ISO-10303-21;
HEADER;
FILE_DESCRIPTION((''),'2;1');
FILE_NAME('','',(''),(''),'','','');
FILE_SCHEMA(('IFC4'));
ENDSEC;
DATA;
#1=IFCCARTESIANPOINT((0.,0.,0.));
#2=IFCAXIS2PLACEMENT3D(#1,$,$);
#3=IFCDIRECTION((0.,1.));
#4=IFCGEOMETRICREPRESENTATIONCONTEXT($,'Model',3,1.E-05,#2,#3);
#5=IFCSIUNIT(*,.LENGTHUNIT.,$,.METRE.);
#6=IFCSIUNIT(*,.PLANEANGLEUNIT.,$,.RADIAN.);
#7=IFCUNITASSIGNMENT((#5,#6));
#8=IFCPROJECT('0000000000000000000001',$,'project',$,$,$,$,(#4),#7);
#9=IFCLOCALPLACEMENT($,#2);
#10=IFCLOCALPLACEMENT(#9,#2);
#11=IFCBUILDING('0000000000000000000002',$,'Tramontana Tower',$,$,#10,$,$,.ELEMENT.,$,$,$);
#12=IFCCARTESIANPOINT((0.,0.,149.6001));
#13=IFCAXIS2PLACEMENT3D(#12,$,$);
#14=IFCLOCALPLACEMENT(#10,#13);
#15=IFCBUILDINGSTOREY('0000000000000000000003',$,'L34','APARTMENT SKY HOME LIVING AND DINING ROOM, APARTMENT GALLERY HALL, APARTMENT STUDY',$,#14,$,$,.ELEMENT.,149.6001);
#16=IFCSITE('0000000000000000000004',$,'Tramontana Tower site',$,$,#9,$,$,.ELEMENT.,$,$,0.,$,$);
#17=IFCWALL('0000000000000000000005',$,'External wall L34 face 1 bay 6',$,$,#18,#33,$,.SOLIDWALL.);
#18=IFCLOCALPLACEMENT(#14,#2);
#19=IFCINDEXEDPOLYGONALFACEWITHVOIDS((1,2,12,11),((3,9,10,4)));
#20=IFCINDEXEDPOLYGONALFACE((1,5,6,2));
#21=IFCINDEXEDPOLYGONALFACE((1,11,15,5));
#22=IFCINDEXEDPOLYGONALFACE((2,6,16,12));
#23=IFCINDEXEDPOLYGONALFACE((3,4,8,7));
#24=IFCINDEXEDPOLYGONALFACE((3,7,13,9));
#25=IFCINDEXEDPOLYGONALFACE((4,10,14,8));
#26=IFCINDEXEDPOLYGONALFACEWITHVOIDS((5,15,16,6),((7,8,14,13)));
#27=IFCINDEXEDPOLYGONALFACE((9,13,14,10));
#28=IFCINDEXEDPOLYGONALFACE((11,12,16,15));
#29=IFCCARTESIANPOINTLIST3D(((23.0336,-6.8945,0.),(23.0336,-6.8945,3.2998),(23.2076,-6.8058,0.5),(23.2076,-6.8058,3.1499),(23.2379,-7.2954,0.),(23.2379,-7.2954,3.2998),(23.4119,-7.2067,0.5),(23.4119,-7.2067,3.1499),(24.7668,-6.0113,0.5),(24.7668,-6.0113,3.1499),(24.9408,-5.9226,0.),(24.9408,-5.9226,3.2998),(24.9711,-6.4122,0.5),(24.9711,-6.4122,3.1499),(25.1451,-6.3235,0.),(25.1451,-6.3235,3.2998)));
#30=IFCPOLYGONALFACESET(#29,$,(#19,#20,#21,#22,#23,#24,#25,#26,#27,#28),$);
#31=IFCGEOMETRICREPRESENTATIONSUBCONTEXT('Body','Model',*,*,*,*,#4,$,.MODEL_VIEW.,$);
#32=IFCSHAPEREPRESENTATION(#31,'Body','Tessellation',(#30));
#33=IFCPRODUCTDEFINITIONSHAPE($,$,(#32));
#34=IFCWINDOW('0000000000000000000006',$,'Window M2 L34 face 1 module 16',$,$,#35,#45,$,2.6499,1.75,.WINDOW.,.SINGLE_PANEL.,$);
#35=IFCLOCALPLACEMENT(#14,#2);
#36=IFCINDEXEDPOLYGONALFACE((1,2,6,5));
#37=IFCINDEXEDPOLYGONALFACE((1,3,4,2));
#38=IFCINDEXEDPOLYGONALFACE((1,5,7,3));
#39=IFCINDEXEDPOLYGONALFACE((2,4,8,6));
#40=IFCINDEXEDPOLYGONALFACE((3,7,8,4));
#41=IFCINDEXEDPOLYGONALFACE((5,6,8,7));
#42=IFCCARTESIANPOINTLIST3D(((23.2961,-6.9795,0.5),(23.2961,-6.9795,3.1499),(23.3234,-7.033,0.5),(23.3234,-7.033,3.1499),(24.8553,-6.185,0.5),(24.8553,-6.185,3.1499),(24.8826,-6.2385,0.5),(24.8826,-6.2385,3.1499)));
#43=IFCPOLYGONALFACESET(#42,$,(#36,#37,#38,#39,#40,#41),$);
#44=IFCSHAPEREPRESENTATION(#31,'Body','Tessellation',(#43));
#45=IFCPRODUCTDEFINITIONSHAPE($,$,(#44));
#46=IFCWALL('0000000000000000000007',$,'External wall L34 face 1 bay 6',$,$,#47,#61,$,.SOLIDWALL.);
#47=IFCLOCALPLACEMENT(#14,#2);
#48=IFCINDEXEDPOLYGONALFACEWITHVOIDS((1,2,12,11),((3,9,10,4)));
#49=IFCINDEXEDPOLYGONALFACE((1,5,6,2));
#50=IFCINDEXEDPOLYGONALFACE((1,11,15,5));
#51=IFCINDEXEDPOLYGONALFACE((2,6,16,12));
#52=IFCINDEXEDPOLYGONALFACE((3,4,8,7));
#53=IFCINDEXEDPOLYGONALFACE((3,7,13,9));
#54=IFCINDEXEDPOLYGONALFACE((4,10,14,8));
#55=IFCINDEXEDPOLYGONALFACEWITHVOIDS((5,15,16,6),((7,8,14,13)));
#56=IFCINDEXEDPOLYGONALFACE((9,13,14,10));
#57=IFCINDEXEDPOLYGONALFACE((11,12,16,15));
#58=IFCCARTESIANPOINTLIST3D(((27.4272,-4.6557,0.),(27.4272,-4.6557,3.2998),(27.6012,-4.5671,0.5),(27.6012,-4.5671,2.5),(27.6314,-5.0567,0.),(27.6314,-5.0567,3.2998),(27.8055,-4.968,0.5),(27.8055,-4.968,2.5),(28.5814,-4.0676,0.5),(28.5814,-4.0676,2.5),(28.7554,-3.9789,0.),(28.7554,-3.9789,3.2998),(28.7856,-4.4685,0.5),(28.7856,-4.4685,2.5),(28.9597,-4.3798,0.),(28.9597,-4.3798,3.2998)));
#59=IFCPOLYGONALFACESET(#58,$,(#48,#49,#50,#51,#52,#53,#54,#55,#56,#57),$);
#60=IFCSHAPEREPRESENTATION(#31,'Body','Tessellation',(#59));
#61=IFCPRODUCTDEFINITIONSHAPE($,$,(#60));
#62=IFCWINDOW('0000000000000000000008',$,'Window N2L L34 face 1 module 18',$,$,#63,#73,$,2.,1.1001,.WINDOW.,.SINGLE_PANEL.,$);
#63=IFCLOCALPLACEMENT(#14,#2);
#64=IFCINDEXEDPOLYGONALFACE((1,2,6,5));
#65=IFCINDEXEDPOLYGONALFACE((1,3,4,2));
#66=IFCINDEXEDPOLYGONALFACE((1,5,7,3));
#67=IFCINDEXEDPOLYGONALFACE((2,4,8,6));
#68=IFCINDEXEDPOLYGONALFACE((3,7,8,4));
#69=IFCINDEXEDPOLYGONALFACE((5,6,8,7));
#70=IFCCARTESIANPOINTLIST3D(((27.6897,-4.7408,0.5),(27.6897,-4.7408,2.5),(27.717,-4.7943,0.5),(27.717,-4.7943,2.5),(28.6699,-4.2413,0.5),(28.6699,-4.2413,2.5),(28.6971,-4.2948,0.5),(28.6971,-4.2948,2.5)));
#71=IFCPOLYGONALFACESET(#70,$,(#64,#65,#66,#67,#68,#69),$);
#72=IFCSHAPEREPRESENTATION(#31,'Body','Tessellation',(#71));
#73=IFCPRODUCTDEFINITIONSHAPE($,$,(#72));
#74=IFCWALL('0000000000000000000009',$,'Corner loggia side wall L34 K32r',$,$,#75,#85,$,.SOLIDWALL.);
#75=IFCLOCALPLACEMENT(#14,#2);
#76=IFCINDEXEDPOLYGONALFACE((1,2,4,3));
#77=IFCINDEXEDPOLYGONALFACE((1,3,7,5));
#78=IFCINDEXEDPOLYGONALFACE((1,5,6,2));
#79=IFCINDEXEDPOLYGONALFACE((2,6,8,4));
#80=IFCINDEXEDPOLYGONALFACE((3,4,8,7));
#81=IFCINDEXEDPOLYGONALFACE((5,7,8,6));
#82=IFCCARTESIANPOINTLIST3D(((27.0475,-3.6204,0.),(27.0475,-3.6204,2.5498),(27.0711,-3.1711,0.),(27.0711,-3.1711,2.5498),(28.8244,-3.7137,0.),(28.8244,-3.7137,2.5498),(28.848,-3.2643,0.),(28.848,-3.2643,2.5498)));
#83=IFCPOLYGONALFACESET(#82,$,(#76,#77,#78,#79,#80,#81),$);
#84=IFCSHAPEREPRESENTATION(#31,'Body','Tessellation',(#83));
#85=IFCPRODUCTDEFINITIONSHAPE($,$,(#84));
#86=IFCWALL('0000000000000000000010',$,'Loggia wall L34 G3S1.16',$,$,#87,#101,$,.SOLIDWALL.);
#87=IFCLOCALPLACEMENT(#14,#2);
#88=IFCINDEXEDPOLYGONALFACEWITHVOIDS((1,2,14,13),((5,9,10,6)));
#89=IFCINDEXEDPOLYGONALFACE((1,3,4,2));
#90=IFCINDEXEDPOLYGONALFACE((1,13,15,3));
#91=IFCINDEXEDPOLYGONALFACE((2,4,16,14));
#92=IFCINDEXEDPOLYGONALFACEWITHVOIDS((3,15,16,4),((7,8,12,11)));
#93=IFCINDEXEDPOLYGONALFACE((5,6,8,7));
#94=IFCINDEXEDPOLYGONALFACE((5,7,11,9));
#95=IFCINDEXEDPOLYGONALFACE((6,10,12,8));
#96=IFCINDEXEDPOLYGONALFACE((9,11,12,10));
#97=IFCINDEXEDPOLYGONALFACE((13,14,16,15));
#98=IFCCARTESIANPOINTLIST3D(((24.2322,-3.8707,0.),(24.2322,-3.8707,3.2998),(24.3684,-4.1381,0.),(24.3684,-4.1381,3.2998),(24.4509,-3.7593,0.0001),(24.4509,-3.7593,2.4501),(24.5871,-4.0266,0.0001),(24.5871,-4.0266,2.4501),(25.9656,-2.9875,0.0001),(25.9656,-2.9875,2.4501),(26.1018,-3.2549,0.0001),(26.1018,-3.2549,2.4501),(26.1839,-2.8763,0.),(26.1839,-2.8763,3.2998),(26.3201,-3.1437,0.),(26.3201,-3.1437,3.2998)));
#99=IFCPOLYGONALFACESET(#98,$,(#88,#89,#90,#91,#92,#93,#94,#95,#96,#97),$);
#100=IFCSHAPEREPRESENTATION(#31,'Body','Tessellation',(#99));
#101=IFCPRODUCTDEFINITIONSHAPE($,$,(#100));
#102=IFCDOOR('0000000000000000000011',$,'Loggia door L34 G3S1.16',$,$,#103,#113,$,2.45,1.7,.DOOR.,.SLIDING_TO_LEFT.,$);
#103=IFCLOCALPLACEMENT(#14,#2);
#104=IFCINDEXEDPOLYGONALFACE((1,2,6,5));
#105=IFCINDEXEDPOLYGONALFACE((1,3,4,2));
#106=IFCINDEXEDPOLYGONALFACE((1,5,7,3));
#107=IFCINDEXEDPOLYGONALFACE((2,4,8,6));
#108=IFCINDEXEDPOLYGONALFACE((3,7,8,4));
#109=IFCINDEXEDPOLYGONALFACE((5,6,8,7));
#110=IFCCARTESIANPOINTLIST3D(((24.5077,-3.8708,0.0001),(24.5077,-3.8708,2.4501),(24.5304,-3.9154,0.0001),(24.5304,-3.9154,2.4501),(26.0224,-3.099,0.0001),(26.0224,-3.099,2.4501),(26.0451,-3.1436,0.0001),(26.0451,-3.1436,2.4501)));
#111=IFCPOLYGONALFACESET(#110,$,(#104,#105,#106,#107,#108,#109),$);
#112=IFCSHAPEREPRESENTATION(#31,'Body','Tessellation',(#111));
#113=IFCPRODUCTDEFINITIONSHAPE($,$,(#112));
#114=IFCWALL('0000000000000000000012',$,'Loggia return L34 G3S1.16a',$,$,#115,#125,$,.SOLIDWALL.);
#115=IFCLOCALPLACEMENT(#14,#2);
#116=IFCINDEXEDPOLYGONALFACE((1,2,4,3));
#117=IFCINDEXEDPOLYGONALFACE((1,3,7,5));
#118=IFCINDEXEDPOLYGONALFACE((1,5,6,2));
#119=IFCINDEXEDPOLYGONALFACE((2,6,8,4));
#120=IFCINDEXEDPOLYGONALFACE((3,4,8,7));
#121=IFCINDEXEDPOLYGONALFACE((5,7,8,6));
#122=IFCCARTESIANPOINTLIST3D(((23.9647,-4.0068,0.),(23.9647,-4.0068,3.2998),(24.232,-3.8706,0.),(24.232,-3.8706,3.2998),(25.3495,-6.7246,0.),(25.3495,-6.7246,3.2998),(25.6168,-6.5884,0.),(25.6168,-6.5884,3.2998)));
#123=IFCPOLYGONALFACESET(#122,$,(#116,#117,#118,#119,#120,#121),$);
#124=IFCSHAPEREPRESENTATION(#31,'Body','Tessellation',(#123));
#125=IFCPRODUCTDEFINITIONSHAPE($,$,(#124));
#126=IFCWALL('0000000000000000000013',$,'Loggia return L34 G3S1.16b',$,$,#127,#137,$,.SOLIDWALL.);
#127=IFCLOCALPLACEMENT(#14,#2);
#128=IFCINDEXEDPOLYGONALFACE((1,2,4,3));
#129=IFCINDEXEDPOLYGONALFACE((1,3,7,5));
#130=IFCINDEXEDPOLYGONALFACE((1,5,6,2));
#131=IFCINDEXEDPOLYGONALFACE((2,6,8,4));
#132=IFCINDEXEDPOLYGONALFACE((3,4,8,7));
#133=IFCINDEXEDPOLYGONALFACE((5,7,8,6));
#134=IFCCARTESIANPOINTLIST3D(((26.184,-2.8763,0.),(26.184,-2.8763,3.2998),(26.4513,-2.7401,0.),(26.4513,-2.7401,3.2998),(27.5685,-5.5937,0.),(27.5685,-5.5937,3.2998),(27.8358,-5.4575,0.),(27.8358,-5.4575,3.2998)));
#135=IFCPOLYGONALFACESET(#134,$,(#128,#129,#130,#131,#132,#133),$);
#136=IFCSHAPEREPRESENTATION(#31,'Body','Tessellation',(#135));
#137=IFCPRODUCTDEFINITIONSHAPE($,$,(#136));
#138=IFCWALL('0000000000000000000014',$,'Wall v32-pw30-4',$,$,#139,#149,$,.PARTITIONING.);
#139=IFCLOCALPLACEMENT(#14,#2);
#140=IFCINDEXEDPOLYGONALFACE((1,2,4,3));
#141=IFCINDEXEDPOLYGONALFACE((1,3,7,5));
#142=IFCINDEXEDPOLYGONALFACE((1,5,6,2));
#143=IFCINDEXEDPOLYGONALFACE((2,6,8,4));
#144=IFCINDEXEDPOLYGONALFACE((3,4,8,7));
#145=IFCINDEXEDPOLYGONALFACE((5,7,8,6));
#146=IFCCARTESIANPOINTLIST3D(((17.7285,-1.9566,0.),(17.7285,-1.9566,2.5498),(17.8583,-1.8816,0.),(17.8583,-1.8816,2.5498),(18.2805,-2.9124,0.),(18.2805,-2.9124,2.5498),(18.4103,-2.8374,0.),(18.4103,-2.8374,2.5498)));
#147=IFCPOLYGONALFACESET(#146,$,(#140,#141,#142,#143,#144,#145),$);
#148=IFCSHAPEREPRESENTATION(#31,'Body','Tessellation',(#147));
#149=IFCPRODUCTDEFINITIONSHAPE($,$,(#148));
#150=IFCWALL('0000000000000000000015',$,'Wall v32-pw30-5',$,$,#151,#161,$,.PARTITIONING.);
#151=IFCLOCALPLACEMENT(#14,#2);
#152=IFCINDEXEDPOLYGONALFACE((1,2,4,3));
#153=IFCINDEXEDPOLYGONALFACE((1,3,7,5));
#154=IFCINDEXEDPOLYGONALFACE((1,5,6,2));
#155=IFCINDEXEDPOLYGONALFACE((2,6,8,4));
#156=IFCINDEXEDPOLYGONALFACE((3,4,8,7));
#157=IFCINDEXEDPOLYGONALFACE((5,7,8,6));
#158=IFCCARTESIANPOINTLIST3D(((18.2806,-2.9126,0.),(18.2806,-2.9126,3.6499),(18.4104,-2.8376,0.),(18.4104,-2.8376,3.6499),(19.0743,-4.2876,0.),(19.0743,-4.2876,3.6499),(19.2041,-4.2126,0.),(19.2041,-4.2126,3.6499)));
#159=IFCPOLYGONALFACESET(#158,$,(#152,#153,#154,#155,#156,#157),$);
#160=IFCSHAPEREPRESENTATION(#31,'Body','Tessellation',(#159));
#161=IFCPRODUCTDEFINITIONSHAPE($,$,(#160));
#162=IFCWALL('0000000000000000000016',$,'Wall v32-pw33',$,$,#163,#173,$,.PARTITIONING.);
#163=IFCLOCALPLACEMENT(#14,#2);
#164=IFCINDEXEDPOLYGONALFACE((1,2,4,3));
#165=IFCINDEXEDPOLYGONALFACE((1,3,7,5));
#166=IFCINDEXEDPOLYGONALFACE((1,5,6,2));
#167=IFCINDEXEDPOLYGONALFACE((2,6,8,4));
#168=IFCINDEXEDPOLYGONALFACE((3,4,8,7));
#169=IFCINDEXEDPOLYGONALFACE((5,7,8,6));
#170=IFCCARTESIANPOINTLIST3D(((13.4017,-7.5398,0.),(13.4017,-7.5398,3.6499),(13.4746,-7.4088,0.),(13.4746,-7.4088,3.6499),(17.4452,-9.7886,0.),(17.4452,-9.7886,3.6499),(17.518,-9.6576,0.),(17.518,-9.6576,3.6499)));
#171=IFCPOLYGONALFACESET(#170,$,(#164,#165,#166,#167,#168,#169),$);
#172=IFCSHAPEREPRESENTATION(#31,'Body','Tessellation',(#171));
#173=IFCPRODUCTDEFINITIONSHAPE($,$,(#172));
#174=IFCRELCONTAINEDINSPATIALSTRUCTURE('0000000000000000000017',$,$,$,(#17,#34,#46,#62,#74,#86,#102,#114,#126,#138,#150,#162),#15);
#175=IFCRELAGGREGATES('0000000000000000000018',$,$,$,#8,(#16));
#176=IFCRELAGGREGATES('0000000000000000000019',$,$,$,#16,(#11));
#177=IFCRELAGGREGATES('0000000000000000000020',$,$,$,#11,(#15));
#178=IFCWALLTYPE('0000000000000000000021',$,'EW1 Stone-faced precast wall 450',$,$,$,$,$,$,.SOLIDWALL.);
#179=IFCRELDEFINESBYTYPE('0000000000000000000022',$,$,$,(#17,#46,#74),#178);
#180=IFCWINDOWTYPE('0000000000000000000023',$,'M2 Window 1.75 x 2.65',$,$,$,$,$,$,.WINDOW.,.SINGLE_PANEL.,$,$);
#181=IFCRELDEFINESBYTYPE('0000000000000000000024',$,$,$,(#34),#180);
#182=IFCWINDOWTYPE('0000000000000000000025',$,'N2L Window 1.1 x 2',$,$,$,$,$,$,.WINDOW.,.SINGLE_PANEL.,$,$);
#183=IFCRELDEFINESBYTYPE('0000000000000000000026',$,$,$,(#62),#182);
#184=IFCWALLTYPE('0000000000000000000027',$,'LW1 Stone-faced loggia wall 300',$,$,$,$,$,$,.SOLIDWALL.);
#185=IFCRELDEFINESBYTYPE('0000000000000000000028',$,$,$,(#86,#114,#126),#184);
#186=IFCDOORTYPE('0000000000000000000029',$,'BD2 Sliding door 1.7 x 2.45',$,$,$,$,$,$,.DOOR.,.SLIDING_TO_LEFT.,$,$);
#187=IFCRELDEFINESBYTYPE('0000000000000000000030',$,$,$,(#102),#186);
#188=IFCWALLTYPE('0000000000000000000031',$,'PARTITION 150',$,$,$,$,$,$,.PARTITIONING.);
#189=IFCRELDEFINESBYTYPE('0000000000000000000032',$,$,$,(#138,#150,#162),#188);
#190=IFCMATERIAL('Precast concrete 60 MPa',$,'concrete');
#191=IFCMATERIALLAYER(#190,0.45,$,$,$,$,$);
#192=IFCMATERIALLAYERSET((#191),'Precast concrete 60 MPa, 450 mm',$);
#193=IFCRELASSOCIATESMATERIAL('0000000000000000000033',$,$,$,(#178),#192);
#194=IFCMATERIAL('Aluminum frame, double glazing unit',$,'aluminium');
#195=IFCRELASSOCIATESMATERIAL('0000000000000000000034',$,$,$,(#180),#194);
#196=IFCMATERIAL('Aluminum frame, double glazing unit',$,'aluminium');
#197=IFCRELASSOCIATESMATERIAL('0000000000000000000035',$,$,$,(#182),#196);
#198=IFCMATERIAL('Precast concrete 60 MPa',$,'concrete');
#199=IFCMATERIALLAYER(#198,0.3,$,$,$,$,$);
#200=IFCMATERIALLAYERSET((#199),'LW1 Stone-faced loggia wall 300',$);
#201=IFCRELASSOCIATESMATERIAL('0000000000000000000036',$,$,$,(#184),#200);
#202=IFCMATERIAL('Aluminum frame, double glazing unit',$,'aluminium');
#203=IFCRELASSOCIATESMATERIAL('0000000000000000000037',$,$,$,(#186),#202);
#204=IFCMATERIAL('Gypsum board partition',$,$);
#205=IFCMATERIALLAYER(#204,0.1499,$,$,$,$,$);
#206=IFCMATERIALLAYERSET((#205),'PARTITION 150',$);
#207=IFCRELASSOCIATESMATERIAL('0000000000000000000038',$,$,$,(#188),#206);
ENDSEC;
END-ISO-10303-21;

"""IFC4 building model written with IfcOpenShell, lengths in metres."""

from ifc_helpers import new_model, si_unit, direction, frame, frame_2d, origin, place, context, subcontext, project, spatial, rectangle, extrude, material, layer, layer_set, type_object, element, fill, save


model = new_model("IFC4")

# Units and contexts
model_context = context("Model", 3, precision=1e-05, world=origin(), true_north=direction((0.0, 1.0)))
body_context = subcontext(model_context, "Body", "Model", "MODEL_VIEW")
ifc_project = project(units=[si_unit("LENGTHUNIT", "METRE"), si_unit("PLANEANGLEUNIT", "RADIAN")], contexts=[model_context])

# Site, building, storey
site_placement = place(None, origin())
site = spatial("IfcSite", under=ifc_project, at=site_placement, Name="Tramontana Tower site", CompositionType="ELEMENT", RefElevation=0.0)
building_placement = place(site_placement, origin())
building = spatial("IfcBuilding", under=site, at=building_placement, Name="Tramontana Tower", CompositionType="ELEMENT")
storey_placement = place(building_placement, frame((0.0, 0.0, 149.6001)))
storey = spatial("IfcBuildingStorey", under=building, at=storey_placement, Name="L34", Description="APARTMENT SKY HOME LIVING AND DINING ROOM, APARTMENT GALLERY HALL, APARTMENT STUDY", CompositionType="ELEMENT", Elevation=149.6001)

# Shared definitions
ifc_material_1 = material(Name="Precast concrete 60 MPa", Category="concrete")
ifc_layer_1 = layer(ifc_material_1, 0.45)
ifc_layer_set_1 = layer_set([ifc_layer_1], Name="Precast concrete 60 MPa, 450 mm")
wall_type_1 = type_object("IfcWallType", Name="EW1 Stone-faced precast wall 450", PredefinedType="SOLIDWALL", material=ifc_layer_set_1)
ifc_material_2 = material(Name="Aluminum frame, double glazing unit", Category="aluminium")
window_type_1 = type_object("IfcWindowType", Name="M2 Window 1.75 x 2.65", PartitioningType="SINGLE_PANEL", PredefinedType="WINDOW", material=ifc_material_2)

# Walls, openings, windows
wall_1_placement = place(storey_placement, frame((23.1357, -7.095, 0.0), z_axis=(0.0, 0.0, 1.0), x_axis=(0.890979, 0.454044, 0.0)))
wall_1 = element("IfcWall", 1, at=wall_1_placement, inside=storey, type_object=wall_type_1, Name="External wall L34 face 1 bay 6", PredefinedType="SOLIDWALL", context=body_context, shape_type="SweptSolid", body=[
    extrude(rectangle(XDim=2.1406, YDim=0.45, at=frame_2d((1.0703, 0.0))), origin(), (0.0, 0.0, 1.0), 3.2998),
])
opening_1_placement = place(wall_1_placement, frame((0.1953, 0.0, 0.5)))
opening_1 = element("IfcOpeningElement", 2, at=opening_1_placement, cuts=wall_1, PredefinedType="OPENING", context=body_context, shape_type="SweptSolid", body=[
    extrude(rectangle(XDim=1.75, YDim=2.6499, at=frame_2d((0.875, 1.325))), frame((0.0, 0.2349, 0.0), z_axis=(0.0, -1.0, 0.0), x_axis=(1.0, 0.0, 0.0)), (0.0, 0.0, 1.0), 0.47),
])
window_1_placement = place(opening_1_placement, origin())
window_1 = element("IfcWindow", 3, at=window_1_placement, inside=storey, type_object=window_type_1, Name="Window M2 L34 face 1 module 16", OverallHeight=2.6499, OverallWidth=1.75, PartitioningType="SINGLE_PANEL", PredefinedType="WINDOW", context=body_context, shape_type="SweptSolid", body=[
    extrude(rectangle(XDim=1.75, YDim=2.6499, at=frame_2d((0.875, 1.325))), frame((0.0, 0.03, 0.0), z_axis=(0.0, -1.0, 0.0), x_axis=(1.0, 0.0, 0.0)), (0.0, 0.0, 1.0), 0.0601),
])
fill(opening_1, window_1)
wall_2_placement = place(storey_placement, frame((27.5293, -4.8562, 0.0), z_axis=(0.0, 0.0, 1.0), x_axis=(0.890994, 0.454014, 0.0)))
wall_2 = element("IfcWall", 4, at=wall_2_placement, inside=storey, type_object=wall_type_1, Name="External wall L34 face 1 bay 6", PredefinedType="SOLIDWALL", context=body_context, shape_type="SweptSolid", body=[
    extrude(rectangle(XDim=1.4907, YDim=0.45, at=frame_2d((0.7454, 0.0))), origin(), (0.0, 0.0, 1.0), 3.2998),
])
opening_2_placement = place(wall_2_placement, frame((0.1953, 0.0, 0.5)))
opening_2 = element("IfcOpeningElement", 5, at=opening_2_placement, cuts=wall_2, PredefinedType="OPENING", context=body_context, shape_type="SweptSolid", body=[
    extrude(rectangle(XDim=1.1001, YDim=2.0, at=frame_2d((0.55, 1.0))), frame((0.0, 0.2349, 0.0), z_axis=(0.0, -1.0, 0.0), x_axis=(1.0, 0.0, 0.0)), (0.0, 0.0, 1.0), 0.47),
])
ifc_material_3 = material(Name="Aluminum frame, double glazing unit", Category="aluminium")
window_type_2 = type_object("IfcWindowType", Name="N2L Window 1.1 x 2", PartitioningType="SINGLE_PANEL", PredefinedType="WINDOW", material=ifc_material_3)
window_2_placement = place(opening_2_placement, origin())
window_2 = element("IfcWindow", 6, at=window_2_placement, inside=storey, type_object=window_type_2, Name="Window N2L L34 face 1 module 18", OverallHeight=2.0, OverallWidth=1.1001, PartitioningType="SINGLE_PANEL", PredefinedType="WINDOW", context=body_context, shape_type="SweptSolid", body=[
    extrude(rectangle(XDim=1.1001, YDim=2.0, at=frame_2d((0.55, 1.0))), frame((0.0, 0.03, 0.0), z_axis=(0.0, -1.0, 0.0), x_axis=(1.0, 0.0, 0.0)), (0.0, 0.0, 1.0), 0.0601),
])
fill(opening_2, window_2)

# Wall
wall_3_placement = place(storey_placement, frame((28.8362, -3.489, 0.0), z_axis=(0.0, 0.0, 1.0), x_axis=(-0.998625, 0.052415, 0.0)))
element("IfcWall", 7, at=wall_3_placement, inside=storey, type_object=wall_type_1, Name="Corner loggia side wall L34 K32r", PredefinedType="SOLIDWALL", context=body_context, shape_type="SweptSolid", body=[
    extrude(rectangle(XDim=1.7793, YDim=0.45, at=frame_2d((0.8896, 0.0))), origin(), (0.0, 0.0, 1.0), 2.5498),
])

# Wall, opening, door
ifc_material_4 = material(Name="Precast concrete 60 MPa", Category="concrete")
ifc_layer_2 = layer(ifc_material_4, 0.3)
ifc_layer_set_2 = layer_set([ifc_layer_2], Name="LW1 Stone-faced loggia wall 300")
wall_type_2 = type_object("IfcWallType", Name="LW1 Stone-faced loggia wall 300", PredefinedType="SOLIDWALL", material=ifc_layer_set_2)
wall_4_placement = place(storey_placement, frame((24.3003, -4.0044, 0.0), z_axis=(0.0, 0.0, 1.0), x_axis=(0.891013, 0.453978, 0.0)))
wall_4 = element("IfcWall", 8, at=wall_4_placement, inside=storey, type_object=wall_type_2, Name="Loggia wall L34 G3S1.16", PredefinedType="SOLIDWALL", context=body_context, shape_type="SweptSolid", body=[
    extrude(rectangle(XDim=2.1904, YDim=0.3, at=frame_2d((1.0952, 0.0))), origin(), (0.0, 0.0, 1.0), 3.2998),
])
opening_3_placement = place(wall_4_placement, frame((0.2454, 0.0, 0.0)))
opening_3 = element("IfcOpeningElement", 9, at=opening_3_placement, cuts=wall_4, PredefinedType="OPENING", context=body_context, shape_type="SweptSolid", body=[
    extrude(rectangle(XDim=1.7, YDim=2.45, at=frame_2d((0.8501, 1.2251))), frame((0.0, 0.1599, 0.0), z_axis=(0.0, -1.0, 0.0), x_axis=(1.0, 0.0, 0.0)), (0.0, 0.0, 1.0), 0.3201),
])
ifc_material_5 = material(Name="Aluminum frame, double glazing unit", Category="aluminium")
door_type = type_object("IfcDoorType", Name="BD2 Sliding door 1.7 x 2.45", OperationType="SLIDING_TO_LEFT", PredefinedType="DOOR", material=ifc_material_5)
door_placement = place(opening_3_placement, origin())
door = element("IfcDoor", 10, at=door_placement, inside=storey, type_object=door_type, Name="Loggia door L34 G3S1.16", OperationType="SLIDING_TO_LEFT", OverallHeight=2.45, OverallWidth=1.7, PredefinedType="DOOR", context=body_context, shape_type="SweptSolid", body=[
    extrude(rectangle(XDim=1.7, YDim=2.45, at=frame_2d((0.8501, 1.2251))), frame((0.0, 0.0249, 0.0), z_axis=(0.0, -1.0, 0.0), x_axis=(1.0, 0.0, 0.0)), (0.0, 0.0, 1.0), 0.05),
])
fill(opening_3, door)

# Walls
wall_5_placement = place(storey_placement, frame((25.4832, -6.6565, 0.0), z_axis=(0.0, 0.0, 1.0), x_axis=(-0.453988, 0.891008, 0.0)))
element("IfcWall", 11, at=wall_5_placement, inside=storey, type_object=wall_type_2, Name="Loggia return L34 G3S1.16a", PredefinedType="SOLIDWALL", context=body_context, shape_type="SweptSolid", body=[
    extrude(rectangle(XDim=3.0503, YDim=0.3, at=frame_2d((1.5251, 0.0))), origin(), (0.0, 0.0, 1.0), 3.2998),
])
wall_6_placement = place(storey_placement, frame((27.7021, -5.5256, 0.0), z_axis=(0.0, 0.0, 1.0), x_axis=(-0.453957, 0.891024, 0.0)))
element("IfcWall", 12, at=wall_6_placement, inside=storey, type_object=wall_type_2, Name="Loggia return L34 G3S1.16b", PredefinedType="SOLIDWALL", context=body_context, shape_type="SweptSolid", body=[
    extrude(rectangle(XDim=3.0498, YDim=0.3, at=frame_2d((1.5249, 0.0))), origin(), (0.0, 0.0, 1.0), 3.2998),
])
ifc_material_6 = material(Name="Gypsum board partition")
ifc_layer_3 = layer(ifc_material_6, 0.1499)
ifc_layer_set_3 = layer_set([ifc_layer_3], Name="PARTITION 150")
wall_type_3 = type_object("IfcWallType", Name="PARTITION 150", PredefinedType="PARTITIONING", material=ifc_layer_set_3)
wall_7_placement = place(storey_placement, frame((17.7935, -1.9192, 0.0), z_axis=(0.0, 0.0, 1.0), x_axis=(0.500112, -0.865961, 0.0)))
element("IfcWall", 13, at=wall_7_placement, inside=storey, type_object=wall_type_3, Name="Wall v32-pw30-4", PredefinedType="PARTITIONING", context=body_context, shape_type="SweptSolid", body=[
    extrude(rectangle(XDim=1.1038, YDim=0.1499, at=frame_2d((0.5518, 0.0))), origin(), (0.0, 0.0, 1.0), 2.5498),
])
wall_8_placement = place(storey_placement, frame((18.3455, -2.875, 0.0), z_axis=(0.0, 0.0, 1.0), x_axis=(0.499927, -0.866068, 0.0)))
element("IfcWall", 14, at=wall_8_placement, inside=storey, type_object=wall_type_3, Name="Wall v32-pw30-5", PredefinedType="PARTITIONING", context=body_context, shape_type="SweptSolid", body=[
    extrude(rectangle(XDim=1.5876, YDim=0.1499, at=frame_2d((0.7939, 0.0))), origin(), (0.0, 0.0, 1.0), 3.6499),
])
wall_9_placement = place(storey_placement, frame((17.4817, -9.7231, 0.0), z_axis=(0.0, 0.0, 1.0), x_axis=(-0.873936, 0.486042, 0.0)))
element("IfcWall", 15, at=wall_9_placement, inside=storey, type_object=wall_type_3, Name="Wall v32-pw33", PredefinedType="PARTITIONING", context=body_context, shape_type="SweptSolid", body=[
    extrude(rectangle(XDim=4.6267, YDim=0.1499, at=frame_2d((2.3135, 0.0))), origin(), (0.0, 0.0, 1.0), 3.6499),
])

save(model, "model.ifc")
